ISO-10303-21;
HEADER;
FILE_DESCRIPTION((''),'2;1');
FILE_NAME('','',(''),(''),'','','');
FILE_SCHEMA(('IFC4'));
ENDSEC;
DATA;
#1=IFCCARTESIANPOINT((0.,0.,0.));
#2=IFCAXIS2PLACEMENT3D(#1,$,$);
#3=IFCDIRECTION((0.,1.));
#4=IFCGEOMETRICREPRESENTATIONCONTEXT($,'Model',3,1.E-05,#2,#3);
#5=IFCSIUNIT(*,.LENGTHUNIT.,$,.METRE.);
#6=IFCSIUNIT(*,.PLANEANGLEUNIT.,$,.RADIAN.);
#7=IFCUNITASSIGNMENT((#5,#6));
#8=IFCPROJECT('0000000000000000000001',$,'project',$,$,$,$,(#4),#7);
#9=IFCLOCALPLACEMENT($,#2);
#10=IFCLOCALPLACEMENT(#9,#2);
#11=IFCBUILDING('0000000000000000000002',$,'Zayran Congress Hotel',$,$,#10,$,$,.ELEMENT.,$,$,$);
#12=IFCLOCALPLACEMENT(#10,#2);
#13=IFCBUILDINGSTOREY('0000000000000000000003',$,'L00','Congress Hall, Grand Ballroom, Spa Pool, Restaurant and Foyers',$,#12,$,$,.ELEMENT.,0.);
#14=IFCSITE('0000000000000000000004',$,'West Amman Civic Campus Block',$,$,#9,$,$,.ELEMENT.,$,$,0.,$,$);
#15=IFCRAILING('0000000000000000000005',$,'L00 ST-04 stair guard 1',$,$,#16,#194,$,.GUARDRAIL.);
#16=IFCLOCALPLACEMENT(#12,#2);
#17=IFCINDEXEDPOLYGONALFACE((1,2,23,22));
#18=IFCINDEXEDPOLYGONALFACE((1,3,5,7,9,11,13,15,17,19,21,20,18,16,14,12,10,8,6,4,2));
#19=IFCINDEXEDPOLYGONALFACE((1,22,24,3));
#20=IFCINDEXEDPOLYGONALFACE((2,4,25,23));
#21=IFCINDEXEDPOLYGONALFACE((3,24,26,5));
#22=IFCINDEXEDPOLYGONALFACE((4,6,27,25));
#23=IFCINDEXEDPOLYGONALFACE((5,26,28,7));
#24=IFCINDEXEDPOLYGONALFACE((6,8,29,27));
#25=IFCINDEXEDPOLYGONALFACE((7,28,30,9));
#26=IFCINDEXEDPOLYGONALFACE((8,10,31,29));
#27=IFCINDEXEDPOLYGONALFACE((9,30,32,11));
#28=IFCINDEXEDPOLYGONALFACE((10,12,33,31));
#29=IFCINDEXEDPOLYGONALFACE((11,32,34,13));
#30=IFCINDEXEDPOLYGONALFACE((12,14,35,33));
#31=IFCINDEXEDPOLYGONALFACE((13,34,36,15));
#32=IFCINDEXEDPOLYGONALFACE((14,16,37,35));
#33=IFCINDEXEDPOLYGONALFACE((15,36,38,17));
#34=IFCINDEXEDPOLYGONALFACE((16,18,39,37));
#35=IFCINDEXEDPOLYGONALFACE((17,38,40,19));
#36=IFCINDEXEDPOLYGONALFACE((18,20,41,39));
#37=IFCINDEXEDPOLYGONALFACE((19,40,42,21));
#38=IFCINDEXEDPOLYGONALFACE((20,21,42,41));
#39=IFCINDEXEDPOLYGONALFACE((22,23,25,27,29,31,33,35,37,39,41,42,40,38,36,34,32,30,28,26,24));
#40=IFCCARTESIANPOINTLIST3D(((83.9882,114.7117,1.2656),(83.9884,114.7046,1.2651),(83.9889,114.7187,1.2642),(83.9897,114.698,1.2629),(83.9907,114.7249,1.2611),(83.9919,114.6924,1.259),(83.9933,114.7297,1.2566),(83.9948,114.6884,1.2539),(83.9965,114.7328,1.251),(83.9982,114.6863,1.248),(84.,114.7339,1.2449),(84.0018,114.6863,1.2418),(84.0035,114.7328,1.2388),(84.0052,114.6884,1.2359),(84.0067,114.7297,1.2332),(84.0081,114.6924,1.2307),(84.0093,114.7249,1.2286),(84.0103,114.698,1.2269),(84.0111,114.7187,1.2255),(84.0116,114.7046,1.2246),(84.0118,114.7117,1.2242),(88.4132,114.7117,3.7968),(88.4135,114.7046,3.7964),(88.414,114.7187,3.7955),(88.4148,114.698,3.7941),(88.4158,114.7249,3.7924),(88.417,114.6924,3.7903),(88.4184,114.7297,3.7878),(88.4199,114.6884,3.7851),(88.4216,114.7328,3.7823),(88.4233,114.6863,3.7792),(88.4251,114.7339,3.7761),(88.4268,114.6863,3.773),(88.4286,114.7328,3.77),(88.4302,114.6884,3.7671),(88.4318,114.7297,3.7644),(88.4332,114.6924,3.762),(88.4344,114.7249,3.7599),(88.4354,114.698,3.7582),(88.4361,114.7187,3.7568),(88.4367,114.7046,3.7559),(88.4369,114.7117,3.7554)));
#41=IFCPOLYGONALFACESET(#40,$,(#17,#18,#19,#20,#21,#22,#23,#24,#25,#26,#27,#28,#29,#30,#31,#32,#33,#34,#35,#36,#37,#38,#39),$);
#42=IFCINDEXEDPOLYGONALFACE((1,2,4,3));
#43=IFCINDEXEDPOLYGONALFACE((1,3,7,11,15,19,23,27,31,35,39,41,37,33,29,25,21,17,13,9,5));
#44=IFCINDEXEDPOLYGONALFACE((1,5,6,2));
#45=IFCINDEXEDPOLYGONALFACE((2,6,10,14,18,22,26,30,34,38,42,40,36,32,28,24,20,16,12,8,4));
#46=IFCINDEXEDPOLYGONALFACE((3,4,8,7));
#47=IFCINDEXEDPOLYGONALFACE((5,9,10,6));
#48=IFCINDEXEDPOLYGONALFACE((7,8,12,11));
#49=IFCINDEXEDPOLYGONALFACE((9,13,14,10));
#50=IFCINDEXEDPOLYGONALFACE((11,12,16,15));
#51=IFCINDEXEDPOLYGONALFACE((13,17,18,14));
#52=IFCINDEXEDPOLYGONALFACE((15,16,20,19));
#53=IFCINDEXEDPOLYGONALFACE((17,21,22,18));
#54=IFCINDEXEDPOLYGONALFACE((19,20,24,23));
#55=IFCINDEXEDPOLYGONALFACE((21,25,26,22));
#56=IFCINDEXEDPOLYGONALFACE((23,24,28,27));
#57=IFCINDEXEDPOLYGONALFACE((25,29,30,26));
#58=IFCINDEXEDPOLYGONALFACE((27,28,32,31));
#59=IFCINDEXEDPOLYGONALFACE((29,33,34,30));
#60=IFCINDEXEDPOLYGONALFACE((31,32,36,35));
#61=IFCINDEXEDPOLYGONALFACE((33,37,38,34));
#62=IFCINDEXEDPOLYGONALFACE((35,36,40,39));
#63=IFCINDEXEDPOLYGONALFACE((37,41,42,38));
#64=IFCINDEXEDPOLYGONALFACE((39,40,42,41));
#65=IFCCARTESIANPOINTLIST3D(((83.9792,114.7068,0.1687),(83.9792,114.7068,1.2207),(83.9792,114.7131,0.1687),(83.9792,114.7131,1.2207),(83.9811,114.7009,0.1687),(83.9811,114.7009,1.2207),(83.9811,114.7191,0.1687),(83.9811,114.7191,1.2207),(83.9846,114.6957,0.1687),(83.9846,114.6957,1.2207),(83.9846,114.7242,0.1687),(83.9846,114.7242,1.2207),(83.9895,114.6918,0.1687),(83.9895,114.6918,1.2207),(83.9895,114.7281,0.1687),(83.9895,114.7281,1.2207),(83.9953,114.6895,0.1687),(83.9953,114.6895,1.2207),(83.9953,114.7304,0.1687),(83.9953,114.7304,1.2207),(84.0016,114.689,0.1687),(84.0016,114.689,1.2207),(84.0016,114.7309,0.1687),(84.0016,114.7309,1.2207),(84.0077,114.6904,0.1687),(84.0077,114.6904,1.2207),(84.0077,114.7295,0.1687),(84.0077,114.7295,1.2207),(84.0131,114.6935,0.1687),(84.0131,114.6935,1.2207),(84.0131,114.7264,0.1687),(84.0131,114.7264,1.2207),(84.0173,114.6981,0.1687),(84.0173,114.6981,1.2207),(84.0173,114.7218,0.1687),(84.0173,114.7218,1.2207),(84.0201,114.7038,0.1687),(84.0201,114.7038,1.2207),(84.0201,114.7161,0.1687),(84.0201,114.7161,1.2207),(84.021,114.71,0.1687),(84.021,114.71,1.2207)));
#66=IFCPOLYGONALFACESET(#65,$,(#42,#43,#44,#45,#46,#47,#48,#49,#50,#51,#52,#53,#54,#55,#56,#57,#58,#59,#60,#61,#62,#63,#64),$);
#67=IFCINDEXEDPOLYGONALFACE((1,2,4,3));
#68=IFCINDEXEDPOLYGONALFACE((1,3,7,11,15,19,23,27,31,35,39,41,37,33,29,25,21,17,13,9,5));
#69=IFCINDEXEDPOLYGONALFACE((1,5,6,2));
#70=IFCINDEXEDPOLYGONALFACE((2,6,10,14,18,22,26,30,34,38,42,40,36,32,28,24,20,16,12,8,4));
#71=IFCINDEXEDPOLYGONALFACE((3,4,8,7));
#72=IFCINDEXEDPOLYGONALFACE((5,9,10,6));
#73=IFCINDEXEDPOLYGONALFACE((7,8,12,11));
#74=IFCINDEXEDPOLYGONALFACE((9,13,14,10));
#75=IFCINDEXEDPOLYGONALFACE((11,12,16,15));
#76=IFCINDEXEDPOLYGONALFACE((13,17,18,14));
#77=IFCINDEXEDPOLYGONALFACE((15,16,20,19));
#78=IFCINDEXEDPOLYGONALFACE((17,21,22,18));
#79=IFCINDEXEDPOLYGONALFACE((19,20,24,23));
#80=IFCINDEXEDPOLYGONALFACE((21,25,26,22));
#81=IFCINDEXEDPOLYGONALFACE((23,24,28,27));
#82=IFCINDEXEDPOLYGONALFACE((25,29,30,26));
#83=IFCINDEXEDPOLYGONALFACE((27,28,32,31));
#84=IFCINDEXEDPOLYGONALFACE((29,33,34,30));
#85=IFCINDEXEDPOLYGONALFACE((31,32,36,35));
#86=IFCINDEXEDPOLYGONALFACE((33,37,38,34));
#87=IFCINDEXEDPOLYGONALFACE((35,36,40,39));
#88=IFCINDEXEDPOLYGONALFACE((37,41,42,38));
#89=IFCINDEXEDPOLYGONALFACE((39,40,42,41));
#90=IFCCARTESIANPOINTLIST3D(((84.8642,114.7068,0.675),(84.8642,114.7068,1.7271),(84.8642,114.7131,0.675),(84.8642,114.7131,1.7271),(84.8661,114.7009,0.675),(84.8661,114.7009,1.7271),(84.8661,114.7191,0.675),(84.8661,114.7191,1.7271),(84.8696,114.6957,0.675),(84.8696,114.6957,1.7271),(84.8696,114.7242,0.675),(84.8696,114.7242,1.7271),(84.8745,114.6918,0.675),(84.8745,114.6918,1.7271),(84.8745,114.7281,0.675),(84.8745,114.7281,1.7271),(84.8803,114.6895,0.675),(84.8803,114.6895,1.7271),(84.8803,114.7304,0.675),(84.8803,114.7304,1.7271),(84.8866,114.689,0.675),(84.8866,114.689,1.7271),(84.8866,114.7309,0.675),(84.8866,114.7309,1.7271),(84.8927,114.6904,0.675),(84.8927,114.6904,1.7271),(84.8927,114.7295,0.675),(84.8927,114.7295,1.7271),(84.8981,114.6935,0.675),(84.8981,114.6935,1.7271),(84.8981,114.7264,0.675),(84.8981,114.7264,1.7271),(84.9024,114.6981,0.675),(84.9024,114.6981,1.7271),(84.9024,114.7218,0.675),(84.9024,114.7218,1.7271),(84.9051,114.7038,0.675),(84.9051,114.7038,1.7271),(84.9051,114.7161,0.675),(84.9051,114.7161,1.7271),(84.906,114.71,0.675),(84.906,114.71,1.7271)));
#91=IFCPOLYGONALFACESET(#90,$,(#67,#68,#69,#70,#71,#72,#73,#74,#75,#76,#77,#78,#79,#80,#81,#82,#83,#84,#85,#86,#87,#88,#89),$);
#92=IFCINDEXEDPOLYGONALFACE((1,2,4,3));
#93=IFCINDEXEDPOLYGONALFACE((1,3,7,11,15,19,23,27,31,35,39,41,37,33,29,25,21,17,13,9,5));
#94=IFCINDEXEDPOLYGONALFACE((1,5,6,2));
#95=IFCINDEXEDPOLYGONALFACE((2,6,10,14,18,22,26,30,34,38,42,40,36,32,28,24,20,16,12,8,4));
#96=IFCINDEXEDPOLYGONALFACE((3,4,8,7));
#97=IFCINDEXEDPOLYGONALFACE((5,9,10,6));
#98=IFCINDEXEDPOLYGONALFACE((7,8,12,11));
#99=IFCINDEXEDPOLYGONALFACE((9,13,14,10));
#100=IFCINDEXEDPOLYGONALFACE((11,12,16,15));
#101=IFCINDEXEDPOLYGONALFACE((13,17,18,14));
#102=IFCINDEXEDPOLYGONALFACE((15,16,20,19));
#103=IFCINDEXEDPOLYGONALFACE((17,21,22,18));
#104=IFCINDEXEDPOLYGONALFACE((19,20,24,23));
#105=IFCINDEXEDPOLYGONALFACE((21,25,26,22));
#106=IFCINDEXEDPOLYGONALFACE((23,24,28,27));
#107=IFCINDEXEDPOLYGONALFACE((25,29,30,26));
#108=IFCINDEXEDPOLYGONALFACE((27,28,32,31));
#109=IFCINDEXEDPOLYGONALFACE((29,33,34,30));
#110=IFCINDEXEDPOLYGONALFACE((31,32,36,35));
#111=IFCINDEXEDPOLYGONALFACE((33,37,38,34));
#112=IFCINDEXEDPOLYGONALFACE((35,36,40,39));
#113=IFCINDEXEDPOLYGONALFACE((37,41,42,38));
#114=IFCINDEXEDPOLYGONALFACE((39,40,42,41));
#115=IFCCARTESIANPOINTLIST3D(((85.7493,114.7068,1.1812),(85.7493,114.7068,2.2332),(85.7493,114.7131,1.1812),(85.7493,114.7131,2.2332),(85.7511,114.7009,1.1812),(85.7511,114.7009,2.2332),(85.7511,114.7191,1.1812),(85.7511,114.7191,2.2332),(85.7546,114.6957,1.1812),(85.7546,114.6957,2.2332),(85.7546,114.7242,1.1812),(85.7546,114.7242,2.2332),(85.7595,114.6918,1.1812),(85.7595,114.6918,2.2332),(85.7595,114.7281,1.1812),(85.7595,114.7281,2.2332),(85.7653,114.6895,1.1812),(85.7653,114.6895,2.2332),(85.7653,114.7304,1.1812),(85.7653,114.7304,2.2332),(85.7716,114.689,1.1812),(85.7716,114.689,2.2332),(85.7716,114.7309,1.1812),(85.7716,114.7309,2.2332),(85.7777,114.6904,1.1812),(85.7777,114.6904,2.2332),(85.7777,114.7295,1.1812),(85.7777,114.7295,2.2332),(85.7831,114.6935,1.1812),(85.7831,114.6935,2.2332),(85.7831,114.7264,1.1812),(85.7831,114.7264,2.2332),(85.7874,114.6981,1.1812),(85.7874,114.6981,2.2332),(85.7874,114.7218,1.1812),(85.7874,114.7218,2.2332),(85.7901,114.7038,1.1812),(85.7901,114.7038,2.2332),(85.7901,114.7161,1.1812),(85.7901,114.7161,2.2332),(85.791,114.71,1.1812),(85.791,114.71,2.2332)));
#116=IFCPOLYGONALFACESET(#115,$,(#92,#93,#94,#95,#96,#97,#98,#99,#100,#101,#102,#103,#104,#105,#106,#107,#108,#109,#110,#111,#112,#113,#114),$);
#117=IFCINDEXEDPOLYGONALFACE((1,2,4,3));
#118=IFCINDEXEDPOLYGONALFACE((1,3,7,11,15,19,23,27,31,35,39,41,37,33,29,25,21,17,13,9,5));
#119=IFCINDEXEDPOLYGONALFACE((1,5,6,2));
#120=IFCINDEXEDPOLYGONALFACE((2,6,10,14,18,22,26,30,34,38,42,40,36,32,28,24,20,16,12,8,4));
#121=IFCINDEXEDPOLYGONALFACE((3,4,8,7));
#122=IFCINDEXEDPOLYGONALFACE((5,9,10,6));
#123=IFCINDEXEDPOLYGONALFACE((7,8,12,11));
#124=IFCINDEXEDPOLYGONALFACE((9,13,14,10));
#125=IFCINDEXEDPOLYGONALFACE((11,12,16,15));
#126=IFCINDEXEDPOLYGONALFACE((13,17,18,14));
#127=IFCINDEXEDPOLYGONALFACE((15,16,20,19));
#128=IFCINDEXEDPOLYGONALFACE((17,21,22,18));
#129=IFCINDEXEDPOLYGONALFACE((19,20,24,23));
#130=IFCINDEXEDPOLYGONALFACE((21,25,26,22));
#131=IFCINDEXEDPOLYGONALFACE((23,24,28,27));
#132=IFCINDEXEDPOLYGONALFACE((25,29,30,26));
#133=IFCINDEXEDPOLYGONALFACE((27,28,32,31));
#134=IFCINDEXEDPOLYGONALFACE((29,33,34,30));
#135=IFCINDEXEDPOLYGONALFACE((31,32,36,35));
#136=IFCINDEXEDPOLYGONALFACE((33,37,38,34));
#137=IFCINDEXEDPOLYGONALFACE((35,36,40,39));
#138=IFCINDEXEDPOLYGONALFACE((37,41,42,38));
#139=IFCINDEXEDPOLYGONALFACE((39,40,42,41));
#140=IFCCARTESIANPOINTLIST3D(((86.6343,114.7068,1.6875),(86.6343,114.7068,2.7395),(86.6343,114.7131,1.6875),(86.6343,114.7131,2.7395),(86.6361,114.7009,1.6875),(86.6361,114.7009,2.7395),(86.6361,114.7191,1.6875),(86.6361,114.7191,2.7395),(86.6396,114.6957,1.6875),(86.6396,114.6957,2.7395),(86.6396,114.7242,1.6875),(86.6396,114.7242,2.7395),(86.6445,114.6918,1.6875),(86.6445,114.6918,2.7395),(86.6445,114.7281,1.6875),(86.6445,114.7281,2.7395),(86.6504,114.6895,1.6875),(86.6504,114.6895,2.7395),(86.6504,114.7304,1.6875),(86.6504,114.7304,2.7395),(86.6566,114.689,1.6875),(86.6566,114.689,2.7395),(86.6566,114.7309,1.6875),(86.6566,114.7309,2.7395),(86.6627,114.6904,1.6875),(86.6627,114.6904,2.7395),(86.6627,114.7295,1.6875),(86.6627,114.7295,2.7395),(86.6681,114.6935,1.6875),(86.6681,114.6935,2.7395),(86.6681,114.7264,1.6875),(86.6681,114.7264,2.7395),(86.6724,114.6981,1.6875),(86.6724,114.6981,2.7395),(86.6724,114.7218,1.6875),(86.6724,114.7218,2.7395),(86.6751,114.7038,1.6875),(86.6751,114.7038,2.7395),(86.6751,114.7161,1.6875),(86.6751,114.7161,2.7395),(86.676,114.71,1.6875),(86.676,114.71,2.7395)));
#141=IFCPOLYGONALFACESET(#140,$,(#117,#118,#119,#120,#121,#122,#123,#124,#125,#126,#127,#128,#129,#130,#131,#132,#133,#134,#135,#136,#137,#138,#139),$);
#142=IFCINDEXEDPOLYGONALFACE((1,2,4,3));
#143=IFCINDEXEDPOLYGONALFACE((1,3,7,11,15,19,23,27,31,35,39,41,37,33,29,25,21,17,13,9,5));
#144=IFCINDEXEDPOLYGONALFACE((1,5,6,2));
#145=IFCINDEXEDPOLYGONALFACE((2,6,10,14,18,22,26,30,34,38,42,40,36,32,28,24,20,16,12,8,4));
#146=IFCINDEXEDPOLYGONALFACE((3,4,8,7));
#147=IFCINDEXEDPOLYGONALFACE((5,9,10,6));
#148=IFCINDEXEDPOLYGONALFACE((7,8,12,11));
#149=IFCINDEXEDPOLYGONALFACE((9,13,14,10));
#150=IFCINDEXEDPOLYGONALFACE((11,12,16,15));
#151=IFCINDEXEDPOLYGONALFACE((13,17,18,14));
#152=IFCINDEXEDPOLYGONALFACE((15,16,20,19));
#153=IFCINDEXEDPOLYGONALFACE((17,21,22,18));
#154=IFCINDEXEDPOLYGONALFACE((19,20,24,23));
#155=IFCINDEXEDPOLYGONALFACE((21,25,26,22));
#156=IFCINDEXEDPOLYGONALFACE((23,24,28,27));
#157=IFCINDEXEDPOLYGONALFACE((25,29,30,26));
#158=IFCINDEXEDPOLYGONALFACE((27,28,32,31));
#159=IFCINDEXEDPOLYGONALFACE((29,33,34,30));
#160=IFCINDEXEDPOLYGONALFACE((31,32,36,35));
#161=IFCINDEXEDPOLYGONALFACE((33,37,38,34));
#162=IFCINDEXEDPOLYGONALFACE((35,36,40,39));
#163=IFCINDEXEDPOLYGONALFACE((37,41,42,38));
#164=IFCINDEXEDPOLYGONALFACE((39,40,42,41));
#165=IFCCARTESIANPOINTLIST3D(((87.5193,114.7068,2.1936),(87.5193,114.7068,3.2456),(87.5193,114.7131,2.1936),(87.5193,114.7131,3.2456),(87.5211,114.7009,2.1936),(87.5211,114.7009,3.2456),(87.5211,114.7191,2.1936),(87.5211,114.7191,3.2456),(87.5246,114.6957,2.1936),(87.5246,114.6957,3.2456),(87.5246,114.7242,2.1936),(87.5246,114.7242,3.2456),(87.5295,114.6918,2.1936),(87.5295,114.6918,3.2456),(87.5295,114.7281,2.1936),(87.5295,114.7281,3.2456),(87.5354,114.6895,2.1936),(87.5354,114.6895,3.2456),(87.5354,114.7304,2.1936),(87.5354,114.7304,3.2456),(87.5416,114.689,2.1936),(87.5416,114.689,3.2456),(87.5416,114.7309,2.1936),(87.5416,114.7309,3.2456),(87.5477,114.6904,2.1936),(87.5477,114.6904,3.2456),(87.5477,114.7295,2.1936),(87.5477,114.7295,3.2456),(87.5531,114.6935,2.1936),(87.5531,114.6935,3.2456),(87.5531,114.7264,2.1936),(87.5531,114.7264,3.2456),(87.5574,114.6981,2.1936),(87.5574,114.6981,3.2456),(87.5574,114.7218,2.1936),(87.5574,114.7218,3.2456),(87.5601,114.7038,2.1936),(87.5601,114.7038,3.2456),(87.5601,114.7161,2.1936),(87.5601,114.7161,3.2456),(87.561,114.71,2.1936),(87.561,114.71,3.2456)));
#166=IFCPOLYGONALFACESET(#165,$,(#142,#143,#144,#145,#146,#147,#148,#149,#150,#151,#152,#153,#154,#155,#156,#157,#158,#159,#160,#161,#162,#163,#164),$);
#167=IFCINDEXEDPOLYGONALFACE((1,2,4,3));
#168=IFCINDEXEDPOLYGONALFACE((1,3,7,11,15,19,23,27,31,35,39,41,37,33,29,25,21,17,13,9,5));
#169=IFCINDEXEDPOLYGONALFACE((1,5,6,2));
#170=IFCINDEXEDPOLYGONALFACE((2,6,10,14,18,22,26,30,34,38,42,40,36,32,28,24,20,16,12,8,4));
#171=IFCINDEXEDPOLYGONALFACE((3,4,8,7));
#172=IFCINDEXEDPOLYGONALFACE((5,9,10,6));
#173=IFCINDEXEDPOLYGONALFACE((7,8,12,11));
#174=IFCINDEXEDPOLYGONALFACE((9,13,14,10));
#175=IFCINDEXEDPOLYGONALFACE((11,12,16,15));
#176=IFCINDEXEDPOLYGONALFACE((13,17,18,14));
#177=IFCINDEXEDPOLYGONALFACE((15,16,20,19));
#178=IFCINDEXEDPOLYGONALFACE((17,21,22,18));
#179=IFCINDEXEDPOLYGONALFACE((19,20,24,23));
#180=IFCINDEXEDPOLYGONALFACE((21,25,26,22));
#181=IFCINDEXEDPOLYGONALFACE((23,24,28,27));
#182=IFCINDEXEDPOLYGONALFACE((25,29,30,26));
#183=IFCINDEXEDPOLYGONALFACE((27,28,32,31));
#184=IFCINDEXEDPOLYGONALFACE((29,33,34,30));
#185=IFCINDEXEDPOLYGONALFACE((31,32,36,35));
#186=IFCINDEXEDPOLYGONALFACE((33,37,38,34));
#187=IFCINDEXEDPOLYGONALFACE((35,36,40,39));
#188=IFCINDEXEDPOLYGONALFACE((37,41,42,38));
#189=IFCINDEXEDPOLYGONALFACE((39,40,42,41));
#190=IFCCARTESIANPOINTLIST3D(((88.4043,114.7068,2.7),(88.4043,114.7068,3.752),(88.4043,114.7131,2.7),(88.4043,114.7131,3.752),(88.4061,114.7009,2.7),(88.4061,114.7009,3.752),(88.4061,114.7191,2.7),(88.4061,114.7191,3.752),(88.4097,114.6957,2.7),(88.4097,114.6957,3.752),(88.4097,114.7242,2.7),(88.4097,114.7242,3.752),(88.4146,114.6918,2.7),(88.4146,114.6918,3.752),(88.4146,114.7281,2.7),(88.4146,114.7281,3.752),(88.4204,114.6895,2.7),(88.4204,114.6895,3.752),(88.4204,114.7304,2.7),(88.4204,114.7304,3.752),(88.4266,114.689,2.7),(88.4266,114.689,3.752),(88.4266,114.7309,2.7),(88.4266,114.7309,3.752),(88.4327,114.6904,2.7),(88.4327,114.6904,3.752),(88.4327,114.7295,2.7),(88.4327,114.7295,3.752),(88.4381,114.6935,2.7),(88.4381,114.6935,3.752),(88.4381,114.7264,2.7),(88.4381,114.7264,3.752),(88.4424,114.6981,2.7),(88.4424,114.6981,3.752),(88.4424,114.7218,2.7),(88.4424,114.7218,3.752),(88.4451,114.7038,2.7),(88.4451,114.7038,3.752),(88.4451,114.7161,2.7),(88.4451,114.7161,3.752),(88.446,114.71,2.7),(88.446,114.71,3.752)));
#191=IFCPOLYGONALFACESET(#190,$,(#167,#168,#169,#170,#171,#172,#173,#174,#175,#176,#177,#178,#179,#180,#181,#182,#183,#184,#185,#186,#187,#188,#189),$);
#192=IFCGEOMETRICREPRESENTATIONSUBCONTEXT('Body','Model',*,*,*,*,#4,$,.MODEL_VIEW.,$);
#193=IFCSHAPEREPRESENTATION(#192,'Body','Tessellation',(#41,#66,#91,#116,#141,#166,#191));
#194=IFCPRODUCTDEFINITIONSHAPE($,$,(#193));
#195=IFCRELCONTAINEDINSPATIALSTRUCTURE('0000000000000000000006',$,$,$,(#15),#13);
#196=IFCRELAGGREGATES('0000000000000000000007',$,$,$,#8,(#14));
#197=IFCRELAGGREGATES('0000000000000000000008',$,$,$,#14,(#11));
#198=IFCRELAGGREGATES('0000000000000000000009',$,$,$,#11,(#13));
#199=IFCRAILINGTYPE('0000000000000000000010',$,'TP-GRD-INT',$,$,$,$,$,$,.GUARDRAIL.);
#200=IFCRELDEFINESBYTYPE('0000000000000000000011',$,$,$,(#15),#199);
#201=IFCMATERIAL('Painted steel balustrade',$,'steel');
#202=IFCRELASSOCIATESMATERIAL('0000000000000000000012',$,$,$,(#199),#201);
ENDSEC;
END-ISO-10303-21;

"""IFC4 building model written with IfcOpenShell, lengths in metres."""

from ifc_helpers import new_model, si_unit, direction, frame, origin, origin_2d, place, context, subcontext, project, spatial, circle, extrude, material, type_object, element, save


model = new_model("IFC4")

# Units and contexts
model_context = context("Model", 3, precision=1e-05, world=origin(), true_north=direction((0.0, 1.0)))
body_context = subcontext(model_context, "Body", "Model", "MODEL_VIEW")
ifc_project = project(units=[si_unit("LENGTHUNIT", "METRE"), si_unit("PLANEANGLEUNIT", "RADIAN")], contexts=[model_context])

# Site, building, storey
site_placement = place(None, origin())
site = spatial("IfcSite", under=ifc_project, at=site_placement, Name="West Amman Civic Campus Block", CompositionType="ELEMENT", RefElevation=0.0)
building_placement = place(site_placement, origin())
building = spatial("IfcBuilding", under=site, at=building_placement, Name="Zayran Congress Hotel", CompositionType="ELEMENT")
storey_placement = place(building_placement, origin())
storey = spatial("IfcBuildingStorey", under=building, at=storey_placement, Name="L00", Description="Congress Hall, Grand Ballroom, Spa Pool, Restaurant and Foyers", CompositionType="ELEMENT", Elevation=0.0)

# Railing
ifc_material_1 = material(Name="Painted steel balustrade", Category="steel")
railing_type_1 = type_object("IfcRailingType", Name="TP-GRD-INT", PredefinedType="GUARDRAIL", material=ifc_material_1)
railing_1_placement = place(storey_placement, frame((84.0, 114.71, 0.1687)))
element("IfcRailing", 1, at=railing_1_placement, inside=storey, type_object=railing_type_1, Name="L00 ST-04 stair guard 1", PredefinedType="GUARDRAIL", context=body_context, shape_type="SweptSolid", body=[
    extrude(circle(Radius=0.0239, at=origin_2d()), frame((0.0, 0.0, 1.0762), z_axis=(0.868019, 0.0, 0.496531), x_axis=(0.0, 1.0, 0.0)), (0.0, 0.0, 1.0), 5.0979),
    extrude(circle(Radius=0.021, at=origin_2d()), origin(), (0.0, 0.0, 1.0), 1.052),
    extrude(circle(Radius=0.021, at=origin_2d()), frame((0.885, 0.0, 0.5063)), (0.0, 0.0, 1.0), 1.052),
    extrude(circle(Radius=0.021, at=origin_2d()), frame((1.77, 0.0, 1.0125)), (0.0, 0.0, 1.0), 1.052),
    extrude(circle(Radius=0.021, at=origin_2d()), frame((2.655, 0.0, 1.5188)), (0.0, 0.0, 1.0), 1.052),
    extrude(circle(Radius=0.021, at=origin_2d()), frame((3.54, 0.0, 2.0249)), (0.0, 0.0, 1.0), 1.052),
    extrude(circle(Radius=0.021, at=origin_2d()), frame((4.425, 0.0, 2.5312)), (0.0, 0.0, 1.0), 1.052),
])

save(model, "model.ifc")
